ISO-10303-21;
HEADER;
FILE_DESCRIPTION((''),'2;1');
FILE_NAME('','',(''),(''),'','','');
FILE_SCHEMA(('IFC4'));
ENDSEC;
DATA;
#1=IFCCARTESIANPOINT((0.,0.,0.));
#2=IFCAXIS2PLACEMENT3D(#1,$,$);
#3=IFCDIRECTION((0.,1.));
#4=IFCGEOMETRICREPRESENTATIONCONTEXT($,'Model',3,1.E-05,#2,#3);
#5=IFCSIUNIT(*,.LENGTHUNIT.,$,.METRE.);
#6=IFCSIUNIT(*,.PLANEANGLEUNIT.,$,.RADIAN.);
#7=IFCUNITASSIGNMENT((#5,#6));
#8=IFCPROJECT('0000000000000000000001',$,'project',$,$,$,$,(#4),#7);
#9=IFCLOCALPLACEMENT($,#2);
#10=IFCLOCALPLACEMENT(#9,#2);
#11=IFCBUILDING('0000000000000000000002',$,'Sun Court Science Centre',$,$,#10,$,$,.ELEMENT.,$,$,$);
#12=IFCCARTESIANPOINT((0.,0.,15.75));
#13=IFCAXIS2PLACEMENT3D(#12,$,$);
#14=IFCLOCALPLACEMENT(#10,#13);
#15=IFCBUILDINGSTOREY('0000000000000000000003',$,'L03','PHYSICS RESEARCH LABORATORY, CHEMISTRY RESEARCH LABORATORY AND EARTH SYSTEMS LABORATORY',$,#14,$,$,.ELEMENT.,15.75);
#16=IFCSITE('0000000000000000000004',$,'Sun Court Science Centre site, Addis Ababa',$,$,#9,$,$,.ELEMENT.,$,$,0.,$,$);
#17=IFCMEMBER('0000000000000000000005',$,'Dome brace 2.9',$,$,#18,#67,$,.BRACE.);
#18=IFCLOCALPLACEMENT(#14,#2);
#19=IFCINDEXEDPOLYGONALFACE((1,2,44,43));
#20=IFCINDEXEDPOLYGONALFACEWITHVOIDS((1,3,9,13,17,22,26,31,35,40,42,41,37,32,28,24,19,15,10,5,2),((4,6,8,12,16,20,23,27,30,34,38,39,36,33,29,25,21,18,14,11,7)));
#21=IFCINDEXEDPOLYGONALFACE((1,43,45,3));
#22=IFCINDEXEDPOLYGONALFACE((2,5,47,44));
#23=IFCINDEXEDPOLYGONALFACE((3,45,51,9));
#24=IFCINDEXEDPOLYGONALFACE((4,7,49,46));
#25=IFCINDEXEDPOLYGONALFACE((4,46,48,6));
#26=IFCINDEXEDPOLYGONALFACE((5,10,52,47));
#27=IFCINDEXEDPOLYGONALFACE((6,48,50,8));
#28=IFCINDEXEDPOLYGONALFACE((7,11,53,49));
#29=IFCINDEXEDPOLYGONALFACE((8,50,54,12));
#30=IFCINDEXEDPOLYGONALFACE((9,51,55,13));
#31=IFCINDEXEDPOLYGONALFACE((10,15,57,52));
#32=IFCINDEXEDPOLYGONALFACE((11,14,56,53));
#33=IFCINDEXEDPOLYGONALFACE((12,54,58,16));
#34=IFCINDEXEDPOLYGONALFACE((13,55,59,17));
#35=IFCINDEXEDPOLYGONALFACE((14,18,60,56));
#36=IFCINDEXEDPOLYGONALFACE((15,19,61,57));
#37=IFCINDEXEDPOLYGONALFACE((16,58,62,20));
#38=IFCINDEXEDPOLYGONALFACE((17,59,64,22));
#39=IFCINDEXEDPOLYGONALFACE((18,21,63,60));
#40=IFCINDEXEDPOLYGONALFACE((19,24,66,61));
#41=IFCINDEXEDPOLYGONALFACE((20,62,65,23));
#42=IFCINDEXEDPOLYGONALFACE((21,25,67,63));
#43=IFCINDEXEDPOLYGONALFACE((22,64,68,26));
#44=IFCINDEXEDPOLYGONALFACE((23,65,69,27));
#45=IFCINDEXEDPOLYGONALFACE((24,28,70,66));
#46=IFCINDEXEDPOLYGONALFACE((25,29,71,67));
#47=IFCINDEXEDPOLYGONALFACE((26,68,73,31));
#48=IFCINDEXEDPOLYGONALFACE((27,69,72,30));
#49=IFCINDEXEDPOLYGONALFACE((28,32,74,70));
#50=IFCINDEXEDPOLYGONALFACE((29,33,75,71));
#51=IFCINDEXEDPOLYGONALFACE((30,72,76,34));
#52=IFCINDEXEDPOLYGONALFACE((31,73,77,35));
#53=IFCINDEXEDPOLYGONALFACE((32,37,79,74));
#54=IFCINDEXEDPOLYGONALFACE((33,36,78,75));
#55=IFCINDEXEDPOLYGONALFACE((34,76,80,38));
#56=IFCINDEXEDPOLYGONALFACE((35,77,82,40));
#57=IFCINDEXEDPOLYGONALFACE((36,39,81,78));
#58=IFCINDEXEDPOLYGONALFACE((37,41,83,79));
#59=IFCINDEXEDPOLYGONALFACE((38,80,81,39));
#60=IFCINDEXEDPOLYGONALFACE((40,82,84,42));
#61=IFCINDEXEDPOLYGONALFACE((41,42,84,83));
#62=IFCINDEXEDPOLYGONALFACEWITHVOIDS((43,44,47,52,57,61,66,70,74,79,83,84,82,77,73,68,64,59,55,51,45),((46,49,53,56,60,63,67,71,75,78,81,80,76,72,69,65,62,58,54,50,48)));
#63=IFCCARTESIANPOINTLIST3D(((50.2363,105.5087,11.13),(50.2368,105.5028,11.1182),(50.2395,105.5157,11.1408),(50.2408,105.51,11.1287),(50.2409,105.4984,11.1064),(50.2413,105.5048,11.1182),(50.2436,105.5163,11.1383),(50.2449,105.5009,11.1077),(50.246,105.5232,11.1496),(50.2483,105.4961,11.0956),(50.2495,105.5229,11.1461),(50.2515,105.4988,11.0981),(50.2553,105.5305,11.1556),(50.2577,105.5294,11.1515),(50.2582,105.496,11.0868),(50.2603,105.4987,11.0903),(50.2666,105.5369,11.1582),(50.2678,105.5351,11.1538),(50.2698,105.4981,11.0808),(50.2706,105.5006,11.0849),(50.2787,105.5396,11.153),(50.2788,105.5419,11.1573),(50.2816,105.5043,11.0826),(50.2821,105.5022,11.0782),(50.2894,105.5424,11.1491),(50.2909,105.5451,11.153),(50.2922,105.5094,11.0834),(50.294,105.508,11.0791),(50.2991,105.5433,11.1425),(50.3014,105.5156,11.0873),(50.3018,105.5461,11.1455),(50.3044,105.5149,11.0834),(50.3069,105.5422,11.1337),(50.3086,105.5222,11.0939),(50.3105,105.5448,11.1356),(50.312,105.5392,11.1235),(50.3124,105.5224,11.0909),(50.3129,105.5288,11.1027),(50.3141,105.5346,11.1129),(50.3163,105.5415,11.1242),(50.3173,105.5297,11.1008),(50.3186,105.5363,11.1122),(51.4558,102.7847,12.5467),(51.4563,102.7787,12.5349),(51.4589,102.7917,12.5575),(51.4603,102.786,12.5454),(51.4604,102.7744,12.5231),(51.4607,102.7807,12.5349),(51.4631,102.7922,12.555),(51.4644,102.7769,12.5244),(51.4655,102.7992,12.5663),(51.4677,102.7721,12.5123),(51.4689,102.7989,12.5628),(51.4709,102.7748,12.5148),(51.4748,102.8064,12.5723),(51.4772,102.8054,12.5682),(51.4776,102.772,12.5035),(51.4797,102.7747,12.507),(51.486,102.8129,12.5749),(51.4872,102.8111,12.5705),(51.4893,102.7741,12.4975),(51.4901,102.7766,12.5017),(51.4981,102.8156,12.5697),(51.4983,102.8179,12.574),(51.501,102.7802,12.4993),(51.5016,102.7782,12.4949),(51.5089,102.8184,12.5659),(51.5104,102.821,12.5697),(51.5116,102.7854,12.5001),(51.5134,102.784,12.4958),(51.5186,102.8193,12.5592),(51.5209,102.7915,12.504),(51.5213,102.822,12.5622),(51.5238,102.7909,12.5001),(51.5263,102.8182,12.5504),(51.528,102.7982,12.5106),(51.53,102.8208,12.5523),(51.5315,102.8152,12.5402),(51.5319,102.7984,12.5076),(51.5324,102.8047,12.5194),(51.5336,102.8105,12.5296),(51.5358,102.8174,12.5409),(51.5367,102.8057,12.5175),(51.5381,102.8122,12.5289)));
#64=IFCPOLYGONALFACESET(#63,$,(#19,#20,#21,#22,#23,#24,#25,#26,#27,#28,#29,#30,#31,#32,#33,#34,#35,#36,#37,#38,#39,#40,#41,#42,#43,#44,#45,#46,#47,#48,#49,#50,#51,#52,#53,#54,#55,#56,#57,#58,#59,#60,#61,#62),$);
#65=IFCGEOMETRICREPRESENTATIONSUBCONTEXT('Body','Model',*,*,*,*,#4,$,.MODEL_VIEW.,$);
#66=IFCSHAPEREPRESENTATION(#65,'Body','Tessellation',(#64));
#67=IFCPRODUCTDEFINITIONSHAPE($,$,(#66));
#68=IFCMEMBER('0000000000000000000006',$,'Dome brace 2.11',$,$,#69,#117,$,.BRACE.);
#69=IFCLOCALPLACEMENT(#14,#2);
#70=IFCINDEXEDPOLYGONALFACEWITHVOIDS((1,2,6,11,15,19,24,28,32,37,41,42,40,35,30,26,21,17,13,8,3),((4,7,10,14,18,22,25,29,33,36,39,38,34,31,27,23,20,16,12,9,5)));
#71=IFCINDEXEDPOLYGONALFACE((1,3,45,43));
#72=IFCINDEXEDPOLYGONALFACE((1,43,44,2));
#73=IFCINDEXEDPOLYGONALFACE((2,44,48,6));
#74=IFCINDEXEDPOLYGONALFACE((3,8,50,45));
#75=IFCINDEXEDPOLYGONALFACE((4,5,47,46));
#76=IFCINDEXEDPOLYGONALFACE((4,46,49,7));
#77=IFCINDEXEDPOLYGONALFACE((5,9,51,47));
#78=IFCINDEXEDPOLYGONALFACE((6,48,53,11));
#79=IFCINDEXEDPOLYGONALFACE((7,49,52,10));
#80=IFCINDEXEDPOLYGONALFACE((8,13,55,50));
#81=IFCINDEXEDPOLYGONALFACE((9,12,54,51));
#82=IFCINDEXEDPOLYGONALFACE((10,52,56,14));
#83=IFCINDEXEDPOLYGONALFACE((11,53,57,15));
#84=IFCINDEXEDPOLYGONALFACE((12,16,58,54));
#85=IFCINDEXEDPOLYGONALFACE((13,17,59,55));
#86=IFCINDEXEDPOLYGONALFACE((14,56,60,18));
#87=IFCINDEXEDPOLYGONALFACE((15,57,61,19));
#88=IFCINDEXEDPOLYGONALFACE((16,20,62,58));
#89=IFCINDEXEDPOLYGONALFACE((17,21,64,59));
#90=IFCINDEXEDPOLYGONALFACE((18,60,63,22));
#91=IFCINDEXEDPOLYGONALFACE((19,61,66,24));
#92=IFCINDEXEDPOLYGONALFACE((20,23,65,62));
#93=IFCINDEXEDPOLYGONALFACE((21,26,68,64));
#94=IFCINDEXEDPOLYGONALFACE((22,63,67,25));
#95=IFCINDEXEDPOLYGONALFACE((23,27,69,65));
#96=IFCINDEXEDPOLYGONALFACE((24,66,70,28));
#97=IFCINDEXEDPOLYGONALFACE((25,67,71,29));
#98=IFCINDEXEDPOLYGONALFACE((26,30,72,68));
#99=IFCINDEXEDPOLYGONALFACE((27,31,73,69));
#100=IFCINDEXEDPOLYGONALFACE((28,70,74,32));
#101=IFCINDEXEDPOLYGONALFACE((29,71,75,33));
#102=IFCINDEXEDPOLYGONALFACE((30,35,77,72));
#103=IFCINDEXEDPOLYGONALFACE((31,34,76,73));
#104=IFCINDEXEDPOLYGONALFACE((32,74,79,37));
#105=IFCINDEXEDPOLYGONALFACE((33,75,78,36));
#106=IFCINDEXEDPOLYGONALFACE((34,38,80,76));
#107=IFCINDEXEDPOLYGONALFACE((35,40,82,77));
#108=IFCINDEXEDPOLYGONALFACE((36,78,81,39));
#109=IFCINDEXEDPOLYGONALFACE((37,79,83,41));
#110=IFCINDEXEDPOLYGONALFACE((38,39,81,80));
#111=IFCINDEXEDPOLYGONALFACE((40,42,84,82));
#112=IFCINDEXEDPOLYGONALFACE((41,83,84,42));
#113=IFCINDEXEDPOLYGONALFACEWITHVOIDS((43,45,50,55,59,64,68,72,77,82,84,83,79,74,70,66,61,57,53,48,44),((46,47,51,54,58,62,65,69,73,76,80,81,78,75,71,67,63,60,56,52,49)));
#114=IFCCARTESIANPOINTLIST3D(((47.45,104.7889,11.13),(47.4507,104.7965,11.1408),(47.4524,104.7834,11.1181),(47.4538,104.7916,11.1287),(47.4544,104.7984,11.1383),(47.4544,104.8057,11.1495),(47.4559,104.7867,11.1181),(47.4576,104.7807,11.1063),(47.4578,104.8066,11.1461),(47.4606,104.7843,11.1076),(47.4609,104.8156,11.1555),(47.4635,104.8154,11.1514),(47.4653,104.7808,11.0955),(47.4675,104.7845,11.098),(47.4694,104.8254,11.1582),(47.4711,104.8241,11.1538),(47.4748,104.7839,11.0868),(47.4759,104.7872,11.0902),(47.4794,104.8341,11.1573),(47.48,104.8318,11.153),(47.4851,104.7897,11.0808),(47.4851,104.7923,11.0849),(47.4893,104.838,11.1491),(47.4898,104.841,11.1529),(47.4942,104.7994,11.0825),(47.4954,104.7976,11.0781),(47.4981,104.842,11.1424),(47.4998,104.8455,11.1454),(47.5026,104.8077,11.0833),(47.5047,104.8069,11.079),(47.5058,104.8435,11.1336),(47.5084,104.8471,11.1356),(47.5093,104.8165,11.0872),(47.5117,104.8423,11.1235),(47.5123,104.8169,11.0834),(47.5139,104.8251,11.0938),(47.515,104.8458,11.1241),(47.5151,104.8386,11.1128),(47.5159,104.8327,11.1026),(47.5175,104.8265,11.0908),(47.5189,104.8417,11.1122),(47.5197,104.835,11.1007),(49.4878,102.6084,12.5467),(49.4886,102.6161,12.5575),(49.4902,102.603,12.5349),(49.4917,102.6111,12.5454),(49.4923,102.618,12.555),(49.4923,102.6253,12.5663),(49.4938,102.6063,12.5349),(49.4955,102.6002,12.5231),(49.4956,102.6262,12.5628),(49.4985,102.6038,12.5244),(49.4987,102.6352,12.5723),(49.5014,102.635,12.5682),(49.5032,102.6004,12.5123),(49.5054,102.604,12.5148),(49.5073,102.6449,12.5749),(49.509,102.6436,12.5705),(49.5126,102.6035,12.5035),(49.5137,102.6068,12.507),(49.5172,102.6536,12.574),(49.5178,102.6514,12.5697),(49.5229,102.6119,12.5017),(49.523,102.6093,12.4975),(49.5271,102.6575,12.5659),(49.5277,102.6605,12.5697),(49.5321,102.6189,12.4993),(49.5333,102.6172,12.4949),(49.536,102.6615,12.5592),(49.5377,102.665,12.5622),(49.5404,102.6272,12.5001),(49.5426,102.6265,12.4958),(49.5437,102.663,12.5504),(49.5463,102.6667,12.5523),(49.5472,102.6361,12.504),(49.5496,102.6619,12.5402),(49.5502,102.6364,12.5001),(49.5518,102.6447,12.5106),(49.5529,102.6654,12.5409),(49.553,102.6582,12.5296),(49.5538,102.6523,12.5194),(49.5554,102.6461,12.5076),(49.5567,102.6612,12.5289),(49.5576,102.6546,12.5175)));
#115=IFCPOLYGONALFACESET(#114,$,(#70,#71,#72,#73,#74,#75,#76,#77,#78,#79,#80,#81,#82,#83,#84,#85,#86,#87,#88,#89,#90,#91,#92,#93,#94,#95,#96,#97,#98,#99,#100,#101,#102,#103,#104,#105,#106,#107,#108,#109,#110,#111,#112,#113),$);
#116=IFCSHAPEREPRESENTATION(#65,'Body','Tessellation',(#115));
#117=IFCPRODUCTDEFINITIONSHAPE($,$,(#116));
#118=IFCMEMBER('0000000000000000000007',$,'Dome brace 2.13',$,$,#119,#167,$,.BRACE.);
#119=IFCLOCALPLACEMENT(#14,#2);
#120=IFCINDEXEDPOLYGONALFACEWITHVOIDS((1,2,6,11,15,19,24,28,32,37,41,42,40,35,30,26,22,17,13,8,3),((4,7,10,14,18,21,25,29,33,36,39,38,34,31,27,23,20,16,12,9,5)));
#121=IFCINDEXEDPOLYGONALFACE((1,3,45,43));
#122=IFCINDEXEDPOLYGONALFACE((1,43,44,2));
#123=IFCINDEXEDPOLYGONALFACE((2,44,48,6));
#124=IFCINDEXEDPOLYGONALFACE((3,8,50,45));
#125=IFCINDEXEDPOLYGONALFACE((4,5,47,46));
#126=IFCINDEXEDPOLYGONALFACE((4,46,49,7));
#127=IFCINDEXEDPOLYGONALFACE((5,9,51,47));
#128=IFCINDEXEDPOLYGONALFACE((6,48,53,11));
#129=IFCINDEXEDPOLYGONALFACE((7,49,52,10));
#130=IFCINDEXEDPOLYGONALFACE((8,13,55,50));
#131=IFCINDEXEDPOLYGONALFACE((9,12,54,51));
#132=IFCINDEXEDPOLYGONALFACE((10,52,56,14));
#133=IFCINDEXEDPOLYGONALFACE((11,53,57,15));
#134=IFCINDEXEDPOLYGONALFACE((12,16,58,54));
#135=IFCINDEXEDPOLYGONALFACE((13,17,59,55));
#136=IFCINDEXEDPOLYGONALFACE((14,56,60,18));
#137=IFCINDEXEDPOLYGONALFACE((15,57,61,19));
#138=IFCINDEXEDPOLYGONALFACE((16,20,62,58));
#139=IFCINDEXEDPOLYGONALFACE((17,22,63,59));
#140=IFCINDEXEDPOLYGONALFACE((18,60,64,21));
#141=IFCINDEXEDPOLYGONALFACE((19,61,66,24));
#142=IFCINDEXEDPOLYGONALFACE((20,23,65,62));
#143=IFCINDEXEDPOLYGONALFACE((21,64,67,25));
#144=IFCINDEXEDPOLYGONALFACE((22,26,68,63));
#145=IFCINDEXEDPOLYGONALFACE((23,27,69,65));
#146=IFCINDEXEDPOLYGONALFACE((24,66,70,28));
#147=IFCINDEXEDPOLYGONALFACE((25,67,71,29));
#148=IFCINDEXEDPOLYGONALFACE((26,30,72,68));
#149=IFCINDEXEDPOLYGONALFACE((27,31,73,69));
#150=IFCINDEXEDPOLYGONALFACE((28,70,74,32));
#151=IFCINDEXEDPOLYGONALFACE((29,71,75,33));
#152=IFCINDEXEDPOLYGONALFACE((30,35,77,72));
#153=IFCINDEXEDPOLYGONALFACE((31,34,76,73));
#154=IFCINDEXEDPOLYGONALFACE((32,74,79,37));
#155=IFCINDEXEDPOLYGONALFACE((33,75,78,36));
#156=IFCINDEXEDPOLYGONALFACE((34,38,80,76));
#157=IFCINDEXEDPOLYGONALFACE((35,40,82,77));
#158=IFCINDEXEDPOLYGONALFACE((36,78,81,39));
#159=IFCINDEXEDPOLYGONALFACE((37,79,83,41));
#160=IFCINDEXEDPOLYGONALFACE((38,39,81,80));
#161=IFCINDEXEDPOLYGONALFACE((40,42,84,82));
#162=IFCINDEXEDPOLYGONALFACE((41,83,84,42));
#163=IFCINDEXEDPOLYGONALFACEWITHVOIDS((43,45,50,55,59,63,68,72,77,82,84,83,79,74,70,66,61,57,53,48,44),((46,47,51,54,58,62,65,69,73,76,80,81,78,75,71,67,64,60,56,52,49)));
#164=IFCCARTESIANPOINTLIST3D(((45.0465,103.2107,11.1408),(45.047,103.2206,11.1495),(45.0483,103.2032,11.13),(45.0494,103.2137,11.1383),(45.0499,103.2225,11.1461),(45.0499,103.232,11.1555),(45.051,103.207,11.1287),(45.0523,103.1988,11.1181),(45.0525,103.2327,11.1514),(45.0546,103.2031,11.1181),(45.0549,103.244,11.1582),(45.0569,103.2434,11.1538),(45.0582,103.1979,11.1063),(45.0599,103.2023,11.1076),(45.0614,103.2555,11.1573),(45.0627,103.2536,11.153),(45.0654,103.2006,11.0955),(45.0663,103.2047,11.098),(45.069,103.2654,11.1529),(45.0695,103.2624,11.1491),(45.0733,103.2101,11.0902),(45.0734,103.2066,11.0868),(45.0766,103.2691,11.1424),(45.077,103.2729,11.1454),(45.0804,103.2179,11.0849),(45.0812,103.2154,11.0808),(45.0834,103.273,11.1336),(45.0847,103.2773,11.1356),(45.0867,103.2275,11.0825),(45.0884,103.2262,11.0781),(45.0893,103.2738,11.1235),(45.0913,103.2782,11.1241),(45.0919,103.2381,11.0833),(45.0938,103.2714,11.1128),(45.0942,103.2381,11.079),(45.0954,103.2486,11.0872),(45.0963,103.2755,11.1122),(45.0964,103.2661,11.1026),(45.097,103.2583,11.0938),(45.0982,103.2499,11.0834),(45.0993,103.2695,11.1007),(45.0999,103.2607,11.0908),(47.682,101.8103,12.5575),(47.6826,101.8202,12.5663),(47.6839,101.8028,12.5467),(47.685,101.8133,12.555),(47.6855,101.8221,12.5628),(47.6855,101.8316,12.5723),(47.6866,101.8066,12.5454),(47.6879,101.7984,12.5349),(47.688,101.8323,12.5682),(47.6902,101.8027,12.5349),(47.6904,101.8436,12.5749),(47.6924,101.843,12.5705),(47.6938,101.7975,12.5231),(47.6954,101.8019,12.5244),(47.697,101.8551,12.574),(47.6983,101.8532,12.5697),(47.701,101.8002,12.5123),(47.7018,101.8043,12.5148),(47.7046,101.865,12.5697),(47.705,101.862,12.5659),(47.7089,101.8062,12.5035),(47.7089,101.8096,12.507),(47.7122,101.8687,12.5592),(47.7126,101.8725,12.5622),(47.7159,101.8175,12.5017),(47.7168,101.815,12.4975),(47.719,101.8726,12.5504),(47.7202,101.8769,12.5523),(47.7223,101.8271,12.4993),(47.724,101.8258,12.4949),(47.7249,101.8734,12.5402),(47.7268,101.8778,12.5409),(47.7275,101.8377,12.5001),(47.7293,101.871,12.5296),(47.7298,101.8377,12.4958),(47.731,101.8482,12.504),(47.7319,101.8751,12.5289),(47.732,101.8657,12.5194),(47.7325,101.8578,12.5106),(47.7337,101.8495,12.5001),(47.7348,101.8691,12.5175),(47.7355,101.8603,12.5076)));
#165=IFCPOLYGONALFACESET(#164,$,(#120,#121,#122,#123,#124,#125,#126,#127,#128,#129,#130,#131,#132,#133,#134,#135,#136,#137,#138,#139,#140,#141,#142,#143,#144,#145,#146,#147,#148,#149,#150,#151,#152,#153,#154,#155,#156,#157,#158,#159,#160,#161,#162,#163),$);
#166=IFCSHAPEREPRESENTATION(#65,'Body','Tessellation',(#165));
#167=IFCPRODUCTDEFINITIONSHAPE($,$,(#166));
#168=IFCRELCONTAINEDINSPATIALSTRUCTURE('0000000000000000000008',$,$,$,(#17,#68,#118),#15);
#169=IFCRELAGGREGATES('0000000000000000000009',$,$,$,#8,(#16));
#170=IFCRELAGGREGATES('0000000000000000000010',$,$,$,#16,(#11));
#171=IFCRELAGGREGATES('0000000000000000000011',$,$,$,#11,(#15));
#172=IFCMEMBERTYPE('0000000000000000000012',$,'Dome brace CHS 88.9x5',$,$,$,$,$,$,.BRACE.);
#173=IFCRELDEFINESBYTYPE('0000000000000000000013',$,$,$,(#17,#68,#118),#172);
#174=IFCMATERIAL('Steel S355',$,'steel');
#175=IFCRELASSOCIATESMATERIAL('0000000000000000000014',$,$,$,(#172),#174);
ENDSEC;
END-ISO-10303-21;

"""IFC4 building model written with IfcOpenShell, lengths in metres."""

from ifc_helpers import new_model, si_unit, direction, frame, origin, origin_2d, place, context, subcontext, project, spatial, hollow_circle, extrude, material, material_profile, profile_set, type_object, element, save


model = new_model("IFC4")

# Units and contexts
model_context = context("Model", 3, precision=1e-05, world=origin(), true_north=direction((0.0, 1.0)))
body_context = subcontext(model_context, "Body", "Model", "MODEL_VIEW")
ifc_project = project(units=[si_unit("LENGTHUNIT", "METRE"), si_unit("PLANEANGLEUNIT", "RADIAN")], contexts=[model_context])

# Site, building, storey
site_placement = place(None, origin())
site = spatial("IfcSite", under=ifc_project, at=site_placement, Name="Sun Court Science Centre site, Addis Ababa", CompositionType="ELEMENT", RefElevation=0.0)
building_placement = place(site_placement, origin())
building = spatial("IfcBuilding", under=site, at=building_placement, Name="Sun Court Science Centre", CompositionType="ELEMENT")
storey_placement = place(building_placement, frame((0.0, 0.0, 15.75)))
storey = spatial("IfcBuildingStorey", under=building, at=storey_placement, Name="L03", Description="PHYSICS RESEARCH LABORATORY, CHEMISTRY RESEARCH LABORATORY AND EARTH SYSTEMS LABORATORY", CompositionType="ELEMENT", Elevation=15.75)

# Members
ifc_material_1 = material(Name="Steel S355", Category="steel")
ifc_material_profile_1 = material_profile(ifc_material_1, hollow_circle(Radius=0.0444, WallThickness=0.0049, at=origin_2d()), Name="CHS 88.9x5")
ifc_profile_set_1 = profile_set([ifc_material_profile_1], Name="Steel S355")
member_type_1 = type_object("IfcMemberType", Name="Dome brace CHS 88.9x5", PredefinedType="BRACE", material=ifc_profile_set_1)
for number, where, z_axis, x_axis, name in (
    (1, (51.4968, 102.7969, 12.5349), (-0.369114, 0.82454, -0.428823), (-0.912719, -0.408588, 0.0), "Dome brace 2.9"),
    (2, (49.5227, 102.6333, 12.5349), (-0.616843, 0.66, -0.428841), (-0.73059, -0.682816, 0.0), "Dome brace 2.11"),
    (3, (47.7087, 101.8376, 12.5349), (-0.797753, 0.423892, -0.428843), (-0.469229, -0.883077, 0.0), "Dome brace 2.13"),
):
    element("IfcMember", number, at=place(storey_placement, frame(where, z_axis=z_axis, x_axis=x_axis)), inside=storey, type_object=member_type_1, Name=name, PredefinedType="BRACE", context=body_context, shape_type="SweptSolid", body=[
        extrude(hollow_circle(Radius=0.0444, WallThickness=0.0049, at=origin_2d()), origin(), (0.0, 0.0, 1.0), 3.3037),
    ])

save(model, "model.ifc")
